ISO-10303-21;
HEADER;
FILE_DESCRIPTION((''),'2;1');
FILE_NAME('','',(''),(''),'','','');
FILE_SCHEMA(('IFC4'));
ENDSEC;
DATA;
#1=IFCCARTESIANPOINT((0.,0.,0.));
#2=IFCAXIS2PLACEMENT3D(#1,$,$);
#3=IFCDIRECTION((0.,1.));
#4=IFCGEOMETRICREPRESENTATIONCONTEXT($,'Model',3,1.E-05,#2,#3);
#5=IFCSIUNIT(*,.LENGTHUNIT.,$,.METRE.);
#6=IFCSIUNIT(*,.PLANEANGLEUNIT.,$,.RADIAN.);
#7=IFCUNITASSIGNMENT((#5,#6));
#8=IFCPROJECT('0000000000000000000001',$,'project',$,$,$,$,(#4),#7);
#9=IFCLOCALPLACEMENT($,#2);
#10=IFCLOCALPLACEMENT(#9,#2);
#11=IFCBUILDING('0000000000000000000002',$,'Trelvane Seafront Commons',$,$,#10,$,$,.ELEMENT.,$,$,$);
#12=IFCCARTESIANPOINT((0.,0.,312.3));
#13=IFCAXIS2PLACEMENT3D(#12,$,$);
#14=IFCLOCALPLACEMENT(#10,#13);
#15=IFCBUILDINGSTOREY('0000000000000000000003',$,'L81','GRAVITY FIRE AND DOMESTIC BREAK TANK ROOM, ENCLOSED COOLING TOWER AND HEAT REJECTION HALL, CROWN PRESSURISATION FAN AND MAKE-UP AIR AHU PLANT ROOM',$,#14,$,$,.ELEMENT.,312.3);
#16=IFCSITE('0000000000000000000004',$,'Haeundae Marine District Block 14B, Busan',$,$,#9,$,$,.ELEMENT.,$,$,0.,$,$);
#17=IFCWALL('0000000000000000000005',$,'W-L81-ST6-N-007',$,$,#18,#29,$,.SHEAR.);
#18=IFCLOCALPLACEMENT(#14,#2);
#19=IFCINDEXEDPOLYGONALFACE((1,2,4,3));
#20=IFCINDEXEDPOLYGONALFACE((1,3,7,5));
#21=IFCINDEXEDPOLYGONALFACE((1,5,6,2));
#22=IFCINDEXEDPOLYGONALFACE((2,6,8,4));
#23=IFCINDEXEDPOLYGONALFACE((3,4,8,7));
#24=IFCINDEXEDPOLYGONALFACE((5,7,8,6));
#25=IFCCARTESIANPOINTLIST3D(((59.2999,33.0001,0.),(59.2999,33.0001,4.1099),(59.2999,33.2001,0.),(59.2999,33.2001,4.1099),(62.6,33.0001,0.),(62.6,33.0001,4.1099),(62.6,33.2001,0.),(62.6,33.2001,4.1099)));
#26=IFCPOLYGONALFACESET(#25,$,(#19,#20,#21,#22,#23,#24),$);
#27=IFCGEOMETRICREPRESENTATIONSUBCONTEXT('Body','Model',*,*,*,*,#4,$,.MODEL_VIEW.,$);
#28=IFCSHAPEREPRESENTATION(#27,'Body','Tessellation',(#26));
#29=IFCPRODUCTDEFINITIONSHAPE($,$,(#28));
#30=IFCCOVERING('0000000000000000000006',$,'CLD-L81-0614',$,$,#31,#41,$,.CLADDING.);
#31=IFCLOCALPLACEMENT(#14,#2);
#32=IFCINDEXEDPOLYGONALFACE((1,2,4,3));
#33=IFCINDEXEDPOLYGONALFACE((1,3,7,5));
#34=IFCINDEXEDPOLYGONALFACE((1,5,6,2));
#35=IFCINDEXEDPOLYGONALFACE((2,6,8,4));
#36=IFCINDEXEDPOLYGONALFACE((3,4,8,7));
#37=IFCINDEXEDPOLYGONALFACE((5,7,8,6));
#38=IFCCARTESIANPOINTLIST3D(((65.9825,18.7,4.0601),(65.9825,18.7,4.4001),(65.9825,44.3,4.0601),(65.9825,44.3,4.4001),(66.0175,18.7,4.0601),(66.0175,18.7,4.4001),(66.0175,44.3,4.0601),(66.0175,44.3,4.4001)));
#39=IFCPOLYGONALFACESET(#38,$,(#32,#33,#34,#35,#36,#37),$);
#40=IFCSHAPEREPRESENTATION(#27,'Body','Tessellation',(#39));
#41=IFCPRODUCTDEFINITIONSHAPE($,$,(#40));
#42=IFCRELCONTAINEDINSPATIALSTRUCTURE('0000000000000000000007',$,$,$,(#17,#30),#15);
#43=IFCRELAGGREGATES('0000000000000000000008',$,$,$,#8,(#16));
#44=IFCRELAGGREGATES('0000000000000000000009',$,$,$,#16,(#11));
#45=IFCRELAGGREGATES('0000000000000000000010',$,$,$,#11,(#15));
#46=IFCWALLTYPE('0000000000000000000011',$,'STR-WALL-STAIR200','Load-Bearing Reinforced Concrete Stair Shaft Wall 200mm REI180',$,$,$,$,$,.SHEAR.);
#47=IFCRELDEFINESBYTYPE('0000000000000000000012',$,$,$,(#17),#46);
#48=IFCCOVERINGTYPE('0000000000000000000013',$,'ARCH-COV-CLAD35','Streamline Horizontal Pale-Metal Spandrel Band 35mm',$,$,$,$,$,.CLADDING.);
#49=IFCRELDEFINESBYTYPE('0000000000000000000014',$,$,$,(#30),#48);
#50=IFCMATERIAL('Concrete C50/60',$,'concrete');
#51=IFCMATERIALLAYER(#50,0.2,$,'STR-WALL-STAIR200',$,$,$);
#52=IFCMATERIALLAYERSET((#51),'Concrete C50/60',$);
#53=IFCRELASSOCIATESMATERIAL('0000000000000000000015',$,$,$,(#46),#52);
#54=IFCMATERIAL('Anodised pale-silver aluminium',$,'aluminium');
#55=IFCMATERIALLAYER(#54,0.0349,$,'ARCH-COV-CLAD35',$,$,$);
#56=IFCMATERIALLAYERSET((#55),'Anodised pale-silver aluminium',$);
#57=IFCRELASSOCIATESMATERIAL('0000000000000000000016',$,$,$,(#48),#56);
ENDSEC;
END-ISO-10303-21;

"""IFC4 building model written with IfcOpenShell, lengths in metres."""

from ifc_helpers import new_model, si_unit, direction, frame, frame_2d, origin, origin_2d, place, context, subcontext, project, spatial, rectangle, extrude, source, transform, mapped, material, layer, layer_set, type_object, element, save


model = new_model("IFC4")

# Units and contexts
model_context = context("Model", 3, precision=1e-05, world=origin(), true_north=direction((0.0, 1.0)))
body_context = subcontext(model_context, "Body", "Model", "MODEL_VIEW")
ifc_project = project(units=[si_unit("LENGTHUNIT", "METRE"), si_unit("PLANEANGLEUNIT", "RADIAN")], contexts=[model_context])

# Site, building, storey
site_placement = place(None, origin())
site = spatial("IfcSite", under=ifc_project, at=site_placement, Name="Haeundae Marine District Block 14B, Busan", CompositionType="ELEMENT", RefElevation=0.0)
building_placement = place(site_placement, origin())
building = spatial("IfcBuilding", under=site, at=building_placement, Name="Trelvane Seafront Commons", CompositionType="ELEMENT")
storey_placement = place(building_placement, frame((0.0, 0.0, 312.3)))
storey = spatial("IfcBuildingStorey", under=building, at=storey_placement, Name="L81", Description="GRAVITY FIRE AND DOMESTIC BREAK TANK ROOM, ENCLOSED COOLING TOWER AND HEAT REJECTION HALL, CROWN PRESSURISATION FAN AND MAKE-UP AIR AHU PLANT ROOM", CompositionType="ELEMENT", Elevation=312.3)

# Shared definitions
ifc_material_1 = material(Name="Anodised pale-silver aluminium", Category="aluminium")

# Wall
ifc_material_2 = material(Name="Concrete C50/60", Category="concrete")
ifc_layer_1 = layer(ifc_material_2, 0.2, Name="STR-WALL-STAIR200")
ifc_layer_set_1 = layer_set([ifc_layer_1], Name="Concrete C50/60")
wall_type_1 = type_object("IfcWallType", Name="STR-WALL-STAIR200", Description="Load-Bearing Reinforced Concrete Stair Shaft Wall 200mm REI180", PredefinedType="SHEAR", material=ifc_layer_set_1)
wall_1_placement = place(storey_placement, frame((59.3, 33.1001, 0.0), z_axis=(0.0, 0.0, 1.0), x_axis=(1.0, 0.0, 0.0)))
element("IfcWall", 1, at=wall_1_placement, inside=storey, type_object=wall_type_1, Name="W-L81-ST6-N-007", PredefinedType="SHEAR", context=body_context, shape_type="SweptSolid", body=[
    extrude(rectangle(XDim=3.3, YDim=0.2, at=frame_2d((1.6499, 0.0))), origin(), (0.0, 0.0, 1.0), 4.1099),
])

# Covering
ifc_layer_2 = layer(ifc_material_1, 0.0349, Name="ARCH-COV-CLAD35")
ifc_layer_set_2 = layer_set([ifc_layer_2], Name="Anodised pale-silver aluminium")
covering_type = type_object("IfcCoveringType", Name="ARCH-COV-CLAD35", Description="Streamline Horizontal Pale-Metal Spandrel Band 35mm", PredefinedType="CLADDING", material=ifc_layer_set_2)
shared_shape_1 = source(origin(), body_context, "Body", "SweptSolid", [
    extrude(rectangle(XDim=25.6001, YDim=0.0349, at=origin_2d()), origin(), (0.0, 0.0, 1.0), 0.3401),
])
covering_placement = place(storey_placement, frame((66.0, 31.5, 4.0601), z_axis=(0.0, 0.0, 1.0), x_axis=(0.0, -1.0, 0.0)))
element("IfcCovering", 2, at=covering_placement, inside=storey, type_object=covering_type, Name="CLD-L81-0614", PredefinedType="CLADDING", context=body_context, shape_type="MappedRepresentation", body=[
    mapped(shared_shape_1, transform((0.0, 0.0, 0.0), x_axis=(1.0, 0.0, 0.0), y_axis=(0.0, 1.0, 0.0), z_axis=(0.0, 0.0, 1.0), scale=1.0)),
])

save(model, "model.ifc")
